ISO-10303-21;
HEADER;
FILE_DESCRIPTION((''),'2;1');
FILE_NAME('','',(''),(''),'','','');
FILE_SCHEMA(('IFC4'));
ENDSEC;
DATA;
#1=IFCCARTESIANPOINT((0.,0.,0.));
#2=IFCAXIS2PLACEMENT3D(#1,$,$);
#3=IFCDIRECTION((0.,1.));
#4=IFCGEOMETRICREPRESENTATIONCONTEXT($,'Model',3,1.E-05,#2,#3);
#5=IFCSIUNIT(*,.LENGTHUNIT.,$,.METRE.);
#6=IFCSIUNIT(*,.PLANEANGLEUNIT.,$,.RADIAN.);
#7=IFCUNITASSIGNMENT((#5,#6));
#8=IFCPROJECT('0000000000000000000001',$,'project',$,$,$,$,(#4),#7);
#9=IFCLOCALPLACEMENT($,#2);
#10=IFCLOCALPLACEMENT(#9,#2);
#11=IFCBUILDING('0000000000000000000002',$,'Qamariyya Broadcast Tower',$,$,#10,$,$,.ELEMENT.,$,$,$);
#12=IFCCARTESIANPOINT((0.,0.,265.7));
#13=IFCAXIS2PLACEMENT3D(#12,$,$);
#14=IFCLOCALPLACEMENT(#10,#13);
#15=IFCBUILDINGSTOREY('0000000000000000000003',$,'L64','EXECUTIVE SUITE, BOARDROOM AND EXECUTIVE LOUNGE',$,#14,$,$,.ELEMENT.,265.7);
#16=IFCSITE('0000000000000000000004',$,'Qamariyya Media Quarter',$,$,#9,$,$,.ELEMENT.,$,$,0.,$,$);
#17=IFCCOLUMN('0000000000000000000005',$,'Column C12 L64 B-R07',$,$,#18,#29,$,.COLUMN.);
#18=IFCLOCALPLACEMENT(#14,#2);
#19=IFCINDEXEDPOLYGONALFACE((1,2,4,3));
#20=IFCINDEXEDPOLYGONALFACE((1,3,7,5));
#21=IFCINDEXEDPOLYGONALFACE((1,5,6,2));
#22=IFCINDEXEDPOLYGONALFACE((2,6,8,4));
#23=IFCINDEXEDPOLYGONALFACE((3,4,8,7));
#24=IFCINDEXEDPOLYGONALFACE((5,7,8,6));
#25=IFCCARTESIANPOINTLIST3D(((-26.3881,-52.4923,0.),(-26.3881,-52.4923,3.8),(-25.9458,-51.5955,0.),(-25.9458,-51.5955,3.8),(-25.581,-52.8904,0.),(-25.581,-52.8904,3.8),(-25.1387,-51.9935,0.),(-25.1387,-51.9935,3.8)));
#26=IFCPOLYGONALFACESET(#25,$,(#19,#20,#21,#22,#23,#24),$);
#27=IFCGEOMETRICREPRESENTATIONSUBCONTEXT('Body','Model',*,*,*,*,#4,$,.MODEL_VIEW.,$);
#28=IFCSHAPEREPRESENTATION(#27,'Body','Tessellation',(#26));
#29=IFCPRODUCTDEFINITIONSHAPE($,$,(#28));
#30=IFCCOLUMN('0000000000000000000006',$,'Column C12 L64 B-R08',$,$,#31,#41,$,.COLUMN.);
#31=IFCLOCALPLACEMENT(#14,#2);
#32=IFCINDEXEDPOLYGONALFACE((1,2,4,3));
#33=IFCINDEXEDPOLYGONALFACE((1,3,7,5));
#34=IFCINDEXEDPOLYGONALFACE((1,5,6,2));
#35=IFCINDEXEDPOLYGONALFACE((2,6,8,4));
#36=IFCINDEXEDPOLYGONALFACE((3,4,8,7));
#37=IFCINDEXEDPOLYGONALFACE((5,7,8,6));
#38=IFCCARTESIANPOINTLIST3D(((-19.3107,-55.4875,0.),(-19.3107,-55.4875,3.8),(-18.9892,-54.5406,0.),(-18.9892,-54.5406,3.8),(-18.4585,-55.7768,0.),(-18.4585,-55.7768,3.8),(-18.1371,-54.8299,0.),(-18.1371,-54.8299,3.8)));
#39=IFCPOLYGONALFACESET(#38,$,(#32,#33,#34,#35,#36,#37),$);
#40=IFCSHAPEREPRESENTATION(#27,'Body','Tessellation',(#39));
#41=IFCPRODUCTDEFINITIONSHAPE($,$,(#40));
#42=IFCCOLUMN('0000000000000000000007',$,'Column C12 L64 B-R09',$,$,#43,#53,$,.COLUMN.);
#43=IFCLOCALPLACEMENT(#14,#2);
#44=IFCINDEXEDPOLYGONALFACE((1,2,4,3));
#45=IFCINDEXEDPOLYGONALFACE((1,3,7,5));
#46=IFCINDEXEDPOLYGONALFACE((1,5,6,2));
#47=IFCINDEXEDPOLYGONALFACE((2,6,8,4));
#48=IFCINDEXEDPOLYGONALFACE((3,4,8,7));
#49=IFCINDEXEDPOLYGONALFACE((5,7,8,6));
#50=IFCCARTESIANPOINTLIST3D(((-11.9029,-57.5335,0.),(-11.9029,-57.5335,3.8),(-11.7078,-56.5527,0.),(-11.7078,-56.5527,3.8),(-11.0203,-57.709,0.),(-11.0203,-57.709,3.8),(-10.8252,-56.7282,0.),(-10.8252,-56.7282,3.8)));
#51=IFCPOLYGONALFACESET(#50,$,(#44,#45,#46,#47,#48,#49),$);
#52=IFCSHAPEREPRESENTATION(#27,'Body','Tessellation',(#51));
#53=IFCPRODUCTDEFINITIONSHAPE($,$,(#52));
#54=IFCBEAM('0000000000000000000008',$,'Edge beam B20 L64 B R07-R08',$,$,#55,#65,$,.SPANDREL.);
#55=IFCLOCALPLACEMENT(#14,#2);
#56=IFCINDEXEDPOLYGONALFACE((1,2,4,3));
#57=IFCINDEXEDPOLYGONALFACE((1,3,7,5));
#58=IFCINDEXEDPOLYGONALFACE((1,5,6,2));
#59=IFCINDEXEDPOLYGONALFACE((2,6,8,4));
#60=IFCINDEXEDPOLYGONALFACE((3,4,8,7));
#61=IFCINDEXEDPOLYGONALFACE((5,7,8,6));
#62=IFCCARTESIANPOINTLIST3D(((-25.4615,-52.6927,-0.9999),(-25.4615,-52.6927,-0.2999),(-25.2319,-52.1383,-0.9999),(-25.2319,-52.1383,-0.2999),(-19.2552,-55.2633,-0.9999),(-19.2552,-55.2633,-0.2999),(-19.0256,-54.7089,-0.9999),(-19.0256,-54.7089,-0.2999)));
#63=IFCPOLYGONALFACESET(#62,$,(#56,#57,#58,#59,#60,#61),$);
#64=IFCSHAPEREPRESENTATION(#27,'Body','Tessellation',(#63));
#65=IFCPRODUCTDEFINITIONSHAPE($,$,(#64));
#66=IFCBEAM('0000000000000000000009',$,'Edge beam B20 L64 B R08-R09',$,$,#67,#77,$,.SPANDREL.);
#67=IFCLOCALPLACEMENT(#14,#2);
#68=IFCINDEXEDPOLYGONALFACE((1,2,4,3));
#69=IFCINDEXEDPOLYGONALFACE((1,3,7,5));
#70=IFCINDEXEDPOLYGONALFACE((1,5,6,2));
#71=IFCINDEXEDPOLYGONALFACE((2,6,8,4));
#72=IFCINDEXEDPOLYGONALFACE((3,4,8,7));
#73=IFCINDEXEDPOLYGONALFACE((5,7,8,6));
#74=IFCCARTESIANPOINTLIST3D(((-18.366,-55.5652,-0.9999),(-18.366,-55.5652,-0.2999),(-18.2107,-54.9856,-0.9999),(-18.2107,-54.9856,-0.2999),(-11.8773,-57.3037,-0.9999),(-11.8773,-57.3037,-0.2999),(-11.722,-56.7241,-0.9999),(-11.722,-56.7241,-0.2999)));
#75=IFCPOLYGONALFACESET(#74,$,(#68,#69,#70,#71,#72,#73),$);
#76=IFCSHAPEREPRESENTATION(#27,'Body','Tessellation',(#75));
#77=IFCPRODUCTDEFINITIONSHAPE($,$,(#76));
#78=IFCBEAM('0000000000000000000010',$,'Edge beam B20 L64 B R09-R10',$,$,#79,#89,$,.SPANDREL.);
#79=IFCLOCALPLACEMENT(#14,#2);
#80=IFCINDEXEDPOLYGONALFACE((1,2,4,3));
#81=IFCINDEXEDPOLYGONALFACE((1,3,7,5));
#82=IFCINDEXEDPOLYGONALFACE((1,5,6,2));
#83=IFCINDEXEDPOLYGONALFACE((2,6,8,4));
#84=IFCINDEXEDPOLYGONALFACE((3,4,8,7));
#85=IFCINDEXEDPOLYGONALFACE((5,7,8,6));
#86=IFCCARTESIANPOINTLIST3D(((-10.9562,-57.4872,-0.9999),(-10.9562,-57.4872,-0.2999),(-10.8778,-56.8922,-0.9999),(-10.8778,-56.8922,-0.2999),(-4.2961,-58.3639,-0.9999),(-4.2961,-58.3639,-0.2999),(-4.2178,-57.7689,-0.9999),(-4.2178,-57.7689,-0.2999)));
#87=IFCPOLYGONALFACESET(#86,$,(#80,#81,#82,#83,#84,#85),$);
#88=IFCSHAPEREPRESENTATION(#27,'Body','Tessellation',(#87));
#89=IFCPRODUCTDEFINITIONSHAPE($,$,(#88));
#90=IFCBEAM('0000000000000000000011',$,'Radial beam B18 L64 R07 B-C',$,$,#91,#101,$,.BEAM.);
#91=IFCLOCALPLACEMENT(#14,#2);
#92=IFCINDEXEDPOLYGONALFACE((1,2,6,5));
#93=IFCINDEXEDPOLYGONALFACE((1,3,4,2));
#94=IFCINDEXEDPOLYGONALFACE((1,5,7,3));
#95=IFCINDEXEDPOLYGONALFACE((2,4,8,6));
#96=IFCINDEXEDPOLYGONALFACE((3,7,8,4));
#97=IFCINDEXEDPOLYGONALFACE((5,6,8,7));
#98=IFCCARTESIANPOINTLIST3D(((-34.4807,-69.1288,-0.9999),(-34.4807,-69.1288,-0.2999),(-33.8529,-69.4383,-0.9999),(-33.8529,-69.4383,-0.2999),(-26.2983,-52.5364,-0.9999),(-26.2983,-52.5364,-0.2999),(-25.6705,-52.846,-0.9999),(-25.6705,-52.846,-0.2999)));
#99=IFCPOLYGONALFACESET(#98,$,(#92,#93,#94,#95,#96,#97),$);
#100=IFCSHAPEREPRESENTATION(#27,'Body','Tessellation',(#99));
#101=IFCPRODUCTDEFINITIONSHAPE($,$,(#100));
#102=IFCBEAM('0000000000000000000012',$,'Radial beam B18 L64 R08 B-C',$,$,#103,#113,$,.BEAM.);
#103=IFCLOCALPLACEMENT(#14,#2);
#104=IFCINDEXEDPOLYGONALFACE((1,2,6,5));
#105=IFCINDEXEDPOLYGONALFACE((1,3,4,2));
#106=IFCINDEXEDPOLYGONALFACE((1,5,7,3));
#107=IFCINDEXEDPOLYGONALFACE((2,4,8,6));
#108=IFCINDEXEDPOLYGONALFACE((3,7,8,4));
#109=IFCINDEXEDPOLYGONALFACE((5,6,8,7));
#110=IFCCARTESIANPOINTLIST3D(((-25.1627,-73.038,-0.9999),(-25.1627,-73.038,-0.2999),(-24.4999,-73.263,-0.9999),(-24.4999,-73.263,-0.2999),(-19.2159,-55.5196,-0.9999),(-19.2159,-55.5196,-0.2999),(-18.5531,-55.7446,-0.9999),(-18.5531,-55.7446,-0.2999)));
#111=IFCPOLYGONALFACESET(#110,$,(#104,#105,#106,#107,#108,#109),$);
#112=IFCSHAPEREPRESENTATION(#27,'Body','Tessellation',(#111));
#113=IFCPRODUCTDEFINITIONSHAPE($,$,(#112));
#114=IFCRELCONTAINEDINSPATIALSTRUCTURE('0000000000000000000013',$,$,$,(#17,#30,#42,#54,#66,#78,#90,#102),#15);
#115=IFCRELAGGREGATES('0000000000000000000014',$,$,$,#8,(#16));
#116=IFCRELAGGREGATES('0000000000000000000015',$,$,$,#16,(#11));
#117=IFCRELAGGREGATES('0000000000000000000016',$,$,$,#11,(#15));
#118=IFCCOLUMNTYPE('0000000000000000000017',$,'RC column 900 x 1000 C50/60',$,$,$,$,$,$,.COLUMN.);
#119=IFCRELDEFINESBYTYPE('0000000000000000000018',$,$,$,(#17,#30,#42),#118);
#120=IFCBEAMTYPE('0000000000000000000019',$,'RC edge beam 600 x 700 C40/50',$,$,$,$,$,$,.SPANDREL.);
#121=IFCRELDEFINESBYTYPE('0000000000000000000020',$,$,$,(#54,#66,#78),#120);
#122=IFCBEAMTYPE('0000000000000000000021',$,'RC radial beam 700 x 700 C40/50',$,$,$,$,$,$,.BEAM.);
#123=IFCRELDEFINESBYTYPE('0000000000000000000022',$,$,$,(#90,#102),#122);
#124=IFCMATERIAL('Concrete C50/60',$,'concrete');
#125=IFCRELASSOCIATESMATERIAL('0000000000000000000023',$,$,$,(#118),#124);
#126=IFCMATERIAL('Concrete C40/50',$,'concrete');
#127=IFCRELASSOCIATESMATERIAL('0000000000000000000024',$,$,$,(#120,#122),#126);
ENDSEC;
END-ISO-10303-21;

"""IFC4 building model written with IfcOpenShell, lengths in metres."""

from ifc_helpers import new_model, si_unit, direction, frame, origin, origin_2d, place, context, subcontext, project, spatial, rectangle, extrude, material, material_profile, profile_set, type_object, element, save


model = new_model("IFC4")

# Units and contexts
model_context = context("Model", 3, precision=1e-05, world=origin(), true_north=direction((0.0, 1.0)))
body_context = subcontext(model_context, "Body", "Model", "MODEL_VIEW")
ifc_project = project(units=[si_unit("LENGTHUNIT", "METRE"), si_unit("PLANEANGLEUNIT", "RADIAN")], contexts=[model_context])

# Site, building, storey
site_placement = place(None, origin())
site = spatial("IfcSite", under=ifc_project, at=site_placement, Name="Qamariyya Media Quarter", CompositionType="ELEMENT", RefElevation=0.0)
building_placement = place(site_placement, origin())
building = spatial("IfcBuilding", under=site, at=building_placement, Name="Qamariyya Broadcast Tower", CompositionType="ELEMENT")
storey_placement = place(building_placement, frame((0.0, 0.0, 265.7)))
storey = spatial("IfcBuildingStorey", under=building, at=storey_placement, Name="L64", Description="EXECUTIVE SUITE, BOARDROOM AND EXECUTIVE LOUNGE", CompositionType="ELEMENT", Elevation=265.7)

# Columns
ifc_material_1 = material(Name="Concrete C50/60", Category="concrete")
ifc_material_profile_1 = material_profile(ifc_material_1, rectangle(XDim=0.8999, YDim=1.0, at=origin_2d()))
ifc_profile_set_1 = profile_set([ifc_material_profile_1], Name="Concrete C50/60")
column_type = type_object("IfcColumnType", Name="RC column 900 x 1000 C50/60", PredefinedType="COLUMN", material=ifc_profile_set_1)
for number, where, z_axis, x_axis, name in (
    (1, (-25.7634, -52.2429, 0.0), (0.0, 0.0, 1.0), (0.896873, -0.442289, 0.0), "Column C12 L64 B-R07"),
    (2, (-18.7239, -55.1587, 0.0), (0.0, 0.0, 1.0), (0.94693, -0.321439, 0.0), "Column C12 L64 B-R08"),
    (3, (-11.364, -57.1309, 0.0), (0.0, 0.0, 1.0), (0.980785, -0.19509, 0.0), "Column C12 L64 B-R09"),
):
    element("IfcColumn", number, at=place(storey_placement, frame(where, z_axis=z_axis, x_axis=x_axis)), inside=storey, type_object=column_type, Name=name, PredefinedType="COLUMN", context=body_context, shape_type="SweptSolid", body=[
        extrude(rectangle(XDim=0.8999, YDim=1.0, at=origin_2d()), origin(), (0.0, 0.0, 1.0), 3.8),
    ])

# Beams
ifc_material_2 = material(Name="Concrete C40/50", Category="concrete")
ifc_material_profile_2 = material_profile(ifc_material_2, rectangle(XDim=0.6001, YDim=0.7, at=origin_2d()))
ifc_profile_set_2 = profile_set([ifc_material_profile_2], Name="Concrete C40/50")
beam_type_1 = type_object("IfcBeamType", Name="RC edge beam 600 x 700 C40/50", PredefinedType="SPANDREL", material=ifc_profile_set_2)
for number, where, z_axis, x_axis, name in (
    (4, (-25.3467, -52.4155, -0.6499), (0.923889, -0.382661, 0.0), (0.382661, 0.923889, 0.0), "Edge beam B20 L64 B R07-R08"),
    (5, (-18.2883, -55.2754, -0.6499), (0.965931, -0.2588, 0.0), (0.2588, 0.965931, 0.0), "Edge beam B20 L64 B R08-R09"),
    (6, (-10.917, -57.1897, -0.6499), (0.991447, -0.130509, 0.0), (0.130509, 0.991447, 0.0), "Edge beam B20 L64 B R09-R10"),
):
    element("IfcBeam", number, at=place(storey_placement, frame(where, z_axis=z_axis, x_axis=x_axis)), inside=storey, type_object=beam_type_1, Name=name, PredefinedType="SPANDREL", context=body_context, shape_type="SweptSolid", body=[
        extrude(rectangle(XDim=0.6001, YDim=0.7, at=origin_2d()), origin(), (0.0, 0.0, 1.0), 6.7175),
    ])
ifc_material_profile_3 = material_profile(ifc_material_2, rectangle(XDim=0.7, YDim=0.7, at=origin_2d()))
ifc_profile_set_3 = profile_set([ifc_material_profile_3], Name="Concrete C40/50")
beam_type_2 = type_object("IfcBeamType", Name="RC radial beam 700 x 700 C40/50", PredefinedType="BEAM", material=ifc_profile_set_3)
for number, where, z_axis, x_axis, name in (
    (7, (-25.9844, -52.6912, -0.6499), (-0.442287, -0.896874, 0.0), (0.896874, -0.442287, 0.0), "Radial beam B18 L64 R07 B-C"),
    (8, (-18.8845, -55.6321, -0.6499), (-0.321445, -0.946928, 0.0), (0.946928, -0.321445, 0.0), "Radial beam B18 L64 R08 B-C"),
):
    element("IfcBeam", number, at=place(storey_placement, frame(where, z_axis=z_axis, x_axis=x_axis)), inside=storey, type_object=beam_type_2, Name=name, PredefinedType="BEAM", context=body_context, shape_type="SweptSolid", body=[
        extrude(rectangle(XDim=0.7, YDim=0.7, at=origin_2d()), origin(), (0.0, 0.0, 1.0), 18.5002),
    ])

save(model, "model.ifc")
